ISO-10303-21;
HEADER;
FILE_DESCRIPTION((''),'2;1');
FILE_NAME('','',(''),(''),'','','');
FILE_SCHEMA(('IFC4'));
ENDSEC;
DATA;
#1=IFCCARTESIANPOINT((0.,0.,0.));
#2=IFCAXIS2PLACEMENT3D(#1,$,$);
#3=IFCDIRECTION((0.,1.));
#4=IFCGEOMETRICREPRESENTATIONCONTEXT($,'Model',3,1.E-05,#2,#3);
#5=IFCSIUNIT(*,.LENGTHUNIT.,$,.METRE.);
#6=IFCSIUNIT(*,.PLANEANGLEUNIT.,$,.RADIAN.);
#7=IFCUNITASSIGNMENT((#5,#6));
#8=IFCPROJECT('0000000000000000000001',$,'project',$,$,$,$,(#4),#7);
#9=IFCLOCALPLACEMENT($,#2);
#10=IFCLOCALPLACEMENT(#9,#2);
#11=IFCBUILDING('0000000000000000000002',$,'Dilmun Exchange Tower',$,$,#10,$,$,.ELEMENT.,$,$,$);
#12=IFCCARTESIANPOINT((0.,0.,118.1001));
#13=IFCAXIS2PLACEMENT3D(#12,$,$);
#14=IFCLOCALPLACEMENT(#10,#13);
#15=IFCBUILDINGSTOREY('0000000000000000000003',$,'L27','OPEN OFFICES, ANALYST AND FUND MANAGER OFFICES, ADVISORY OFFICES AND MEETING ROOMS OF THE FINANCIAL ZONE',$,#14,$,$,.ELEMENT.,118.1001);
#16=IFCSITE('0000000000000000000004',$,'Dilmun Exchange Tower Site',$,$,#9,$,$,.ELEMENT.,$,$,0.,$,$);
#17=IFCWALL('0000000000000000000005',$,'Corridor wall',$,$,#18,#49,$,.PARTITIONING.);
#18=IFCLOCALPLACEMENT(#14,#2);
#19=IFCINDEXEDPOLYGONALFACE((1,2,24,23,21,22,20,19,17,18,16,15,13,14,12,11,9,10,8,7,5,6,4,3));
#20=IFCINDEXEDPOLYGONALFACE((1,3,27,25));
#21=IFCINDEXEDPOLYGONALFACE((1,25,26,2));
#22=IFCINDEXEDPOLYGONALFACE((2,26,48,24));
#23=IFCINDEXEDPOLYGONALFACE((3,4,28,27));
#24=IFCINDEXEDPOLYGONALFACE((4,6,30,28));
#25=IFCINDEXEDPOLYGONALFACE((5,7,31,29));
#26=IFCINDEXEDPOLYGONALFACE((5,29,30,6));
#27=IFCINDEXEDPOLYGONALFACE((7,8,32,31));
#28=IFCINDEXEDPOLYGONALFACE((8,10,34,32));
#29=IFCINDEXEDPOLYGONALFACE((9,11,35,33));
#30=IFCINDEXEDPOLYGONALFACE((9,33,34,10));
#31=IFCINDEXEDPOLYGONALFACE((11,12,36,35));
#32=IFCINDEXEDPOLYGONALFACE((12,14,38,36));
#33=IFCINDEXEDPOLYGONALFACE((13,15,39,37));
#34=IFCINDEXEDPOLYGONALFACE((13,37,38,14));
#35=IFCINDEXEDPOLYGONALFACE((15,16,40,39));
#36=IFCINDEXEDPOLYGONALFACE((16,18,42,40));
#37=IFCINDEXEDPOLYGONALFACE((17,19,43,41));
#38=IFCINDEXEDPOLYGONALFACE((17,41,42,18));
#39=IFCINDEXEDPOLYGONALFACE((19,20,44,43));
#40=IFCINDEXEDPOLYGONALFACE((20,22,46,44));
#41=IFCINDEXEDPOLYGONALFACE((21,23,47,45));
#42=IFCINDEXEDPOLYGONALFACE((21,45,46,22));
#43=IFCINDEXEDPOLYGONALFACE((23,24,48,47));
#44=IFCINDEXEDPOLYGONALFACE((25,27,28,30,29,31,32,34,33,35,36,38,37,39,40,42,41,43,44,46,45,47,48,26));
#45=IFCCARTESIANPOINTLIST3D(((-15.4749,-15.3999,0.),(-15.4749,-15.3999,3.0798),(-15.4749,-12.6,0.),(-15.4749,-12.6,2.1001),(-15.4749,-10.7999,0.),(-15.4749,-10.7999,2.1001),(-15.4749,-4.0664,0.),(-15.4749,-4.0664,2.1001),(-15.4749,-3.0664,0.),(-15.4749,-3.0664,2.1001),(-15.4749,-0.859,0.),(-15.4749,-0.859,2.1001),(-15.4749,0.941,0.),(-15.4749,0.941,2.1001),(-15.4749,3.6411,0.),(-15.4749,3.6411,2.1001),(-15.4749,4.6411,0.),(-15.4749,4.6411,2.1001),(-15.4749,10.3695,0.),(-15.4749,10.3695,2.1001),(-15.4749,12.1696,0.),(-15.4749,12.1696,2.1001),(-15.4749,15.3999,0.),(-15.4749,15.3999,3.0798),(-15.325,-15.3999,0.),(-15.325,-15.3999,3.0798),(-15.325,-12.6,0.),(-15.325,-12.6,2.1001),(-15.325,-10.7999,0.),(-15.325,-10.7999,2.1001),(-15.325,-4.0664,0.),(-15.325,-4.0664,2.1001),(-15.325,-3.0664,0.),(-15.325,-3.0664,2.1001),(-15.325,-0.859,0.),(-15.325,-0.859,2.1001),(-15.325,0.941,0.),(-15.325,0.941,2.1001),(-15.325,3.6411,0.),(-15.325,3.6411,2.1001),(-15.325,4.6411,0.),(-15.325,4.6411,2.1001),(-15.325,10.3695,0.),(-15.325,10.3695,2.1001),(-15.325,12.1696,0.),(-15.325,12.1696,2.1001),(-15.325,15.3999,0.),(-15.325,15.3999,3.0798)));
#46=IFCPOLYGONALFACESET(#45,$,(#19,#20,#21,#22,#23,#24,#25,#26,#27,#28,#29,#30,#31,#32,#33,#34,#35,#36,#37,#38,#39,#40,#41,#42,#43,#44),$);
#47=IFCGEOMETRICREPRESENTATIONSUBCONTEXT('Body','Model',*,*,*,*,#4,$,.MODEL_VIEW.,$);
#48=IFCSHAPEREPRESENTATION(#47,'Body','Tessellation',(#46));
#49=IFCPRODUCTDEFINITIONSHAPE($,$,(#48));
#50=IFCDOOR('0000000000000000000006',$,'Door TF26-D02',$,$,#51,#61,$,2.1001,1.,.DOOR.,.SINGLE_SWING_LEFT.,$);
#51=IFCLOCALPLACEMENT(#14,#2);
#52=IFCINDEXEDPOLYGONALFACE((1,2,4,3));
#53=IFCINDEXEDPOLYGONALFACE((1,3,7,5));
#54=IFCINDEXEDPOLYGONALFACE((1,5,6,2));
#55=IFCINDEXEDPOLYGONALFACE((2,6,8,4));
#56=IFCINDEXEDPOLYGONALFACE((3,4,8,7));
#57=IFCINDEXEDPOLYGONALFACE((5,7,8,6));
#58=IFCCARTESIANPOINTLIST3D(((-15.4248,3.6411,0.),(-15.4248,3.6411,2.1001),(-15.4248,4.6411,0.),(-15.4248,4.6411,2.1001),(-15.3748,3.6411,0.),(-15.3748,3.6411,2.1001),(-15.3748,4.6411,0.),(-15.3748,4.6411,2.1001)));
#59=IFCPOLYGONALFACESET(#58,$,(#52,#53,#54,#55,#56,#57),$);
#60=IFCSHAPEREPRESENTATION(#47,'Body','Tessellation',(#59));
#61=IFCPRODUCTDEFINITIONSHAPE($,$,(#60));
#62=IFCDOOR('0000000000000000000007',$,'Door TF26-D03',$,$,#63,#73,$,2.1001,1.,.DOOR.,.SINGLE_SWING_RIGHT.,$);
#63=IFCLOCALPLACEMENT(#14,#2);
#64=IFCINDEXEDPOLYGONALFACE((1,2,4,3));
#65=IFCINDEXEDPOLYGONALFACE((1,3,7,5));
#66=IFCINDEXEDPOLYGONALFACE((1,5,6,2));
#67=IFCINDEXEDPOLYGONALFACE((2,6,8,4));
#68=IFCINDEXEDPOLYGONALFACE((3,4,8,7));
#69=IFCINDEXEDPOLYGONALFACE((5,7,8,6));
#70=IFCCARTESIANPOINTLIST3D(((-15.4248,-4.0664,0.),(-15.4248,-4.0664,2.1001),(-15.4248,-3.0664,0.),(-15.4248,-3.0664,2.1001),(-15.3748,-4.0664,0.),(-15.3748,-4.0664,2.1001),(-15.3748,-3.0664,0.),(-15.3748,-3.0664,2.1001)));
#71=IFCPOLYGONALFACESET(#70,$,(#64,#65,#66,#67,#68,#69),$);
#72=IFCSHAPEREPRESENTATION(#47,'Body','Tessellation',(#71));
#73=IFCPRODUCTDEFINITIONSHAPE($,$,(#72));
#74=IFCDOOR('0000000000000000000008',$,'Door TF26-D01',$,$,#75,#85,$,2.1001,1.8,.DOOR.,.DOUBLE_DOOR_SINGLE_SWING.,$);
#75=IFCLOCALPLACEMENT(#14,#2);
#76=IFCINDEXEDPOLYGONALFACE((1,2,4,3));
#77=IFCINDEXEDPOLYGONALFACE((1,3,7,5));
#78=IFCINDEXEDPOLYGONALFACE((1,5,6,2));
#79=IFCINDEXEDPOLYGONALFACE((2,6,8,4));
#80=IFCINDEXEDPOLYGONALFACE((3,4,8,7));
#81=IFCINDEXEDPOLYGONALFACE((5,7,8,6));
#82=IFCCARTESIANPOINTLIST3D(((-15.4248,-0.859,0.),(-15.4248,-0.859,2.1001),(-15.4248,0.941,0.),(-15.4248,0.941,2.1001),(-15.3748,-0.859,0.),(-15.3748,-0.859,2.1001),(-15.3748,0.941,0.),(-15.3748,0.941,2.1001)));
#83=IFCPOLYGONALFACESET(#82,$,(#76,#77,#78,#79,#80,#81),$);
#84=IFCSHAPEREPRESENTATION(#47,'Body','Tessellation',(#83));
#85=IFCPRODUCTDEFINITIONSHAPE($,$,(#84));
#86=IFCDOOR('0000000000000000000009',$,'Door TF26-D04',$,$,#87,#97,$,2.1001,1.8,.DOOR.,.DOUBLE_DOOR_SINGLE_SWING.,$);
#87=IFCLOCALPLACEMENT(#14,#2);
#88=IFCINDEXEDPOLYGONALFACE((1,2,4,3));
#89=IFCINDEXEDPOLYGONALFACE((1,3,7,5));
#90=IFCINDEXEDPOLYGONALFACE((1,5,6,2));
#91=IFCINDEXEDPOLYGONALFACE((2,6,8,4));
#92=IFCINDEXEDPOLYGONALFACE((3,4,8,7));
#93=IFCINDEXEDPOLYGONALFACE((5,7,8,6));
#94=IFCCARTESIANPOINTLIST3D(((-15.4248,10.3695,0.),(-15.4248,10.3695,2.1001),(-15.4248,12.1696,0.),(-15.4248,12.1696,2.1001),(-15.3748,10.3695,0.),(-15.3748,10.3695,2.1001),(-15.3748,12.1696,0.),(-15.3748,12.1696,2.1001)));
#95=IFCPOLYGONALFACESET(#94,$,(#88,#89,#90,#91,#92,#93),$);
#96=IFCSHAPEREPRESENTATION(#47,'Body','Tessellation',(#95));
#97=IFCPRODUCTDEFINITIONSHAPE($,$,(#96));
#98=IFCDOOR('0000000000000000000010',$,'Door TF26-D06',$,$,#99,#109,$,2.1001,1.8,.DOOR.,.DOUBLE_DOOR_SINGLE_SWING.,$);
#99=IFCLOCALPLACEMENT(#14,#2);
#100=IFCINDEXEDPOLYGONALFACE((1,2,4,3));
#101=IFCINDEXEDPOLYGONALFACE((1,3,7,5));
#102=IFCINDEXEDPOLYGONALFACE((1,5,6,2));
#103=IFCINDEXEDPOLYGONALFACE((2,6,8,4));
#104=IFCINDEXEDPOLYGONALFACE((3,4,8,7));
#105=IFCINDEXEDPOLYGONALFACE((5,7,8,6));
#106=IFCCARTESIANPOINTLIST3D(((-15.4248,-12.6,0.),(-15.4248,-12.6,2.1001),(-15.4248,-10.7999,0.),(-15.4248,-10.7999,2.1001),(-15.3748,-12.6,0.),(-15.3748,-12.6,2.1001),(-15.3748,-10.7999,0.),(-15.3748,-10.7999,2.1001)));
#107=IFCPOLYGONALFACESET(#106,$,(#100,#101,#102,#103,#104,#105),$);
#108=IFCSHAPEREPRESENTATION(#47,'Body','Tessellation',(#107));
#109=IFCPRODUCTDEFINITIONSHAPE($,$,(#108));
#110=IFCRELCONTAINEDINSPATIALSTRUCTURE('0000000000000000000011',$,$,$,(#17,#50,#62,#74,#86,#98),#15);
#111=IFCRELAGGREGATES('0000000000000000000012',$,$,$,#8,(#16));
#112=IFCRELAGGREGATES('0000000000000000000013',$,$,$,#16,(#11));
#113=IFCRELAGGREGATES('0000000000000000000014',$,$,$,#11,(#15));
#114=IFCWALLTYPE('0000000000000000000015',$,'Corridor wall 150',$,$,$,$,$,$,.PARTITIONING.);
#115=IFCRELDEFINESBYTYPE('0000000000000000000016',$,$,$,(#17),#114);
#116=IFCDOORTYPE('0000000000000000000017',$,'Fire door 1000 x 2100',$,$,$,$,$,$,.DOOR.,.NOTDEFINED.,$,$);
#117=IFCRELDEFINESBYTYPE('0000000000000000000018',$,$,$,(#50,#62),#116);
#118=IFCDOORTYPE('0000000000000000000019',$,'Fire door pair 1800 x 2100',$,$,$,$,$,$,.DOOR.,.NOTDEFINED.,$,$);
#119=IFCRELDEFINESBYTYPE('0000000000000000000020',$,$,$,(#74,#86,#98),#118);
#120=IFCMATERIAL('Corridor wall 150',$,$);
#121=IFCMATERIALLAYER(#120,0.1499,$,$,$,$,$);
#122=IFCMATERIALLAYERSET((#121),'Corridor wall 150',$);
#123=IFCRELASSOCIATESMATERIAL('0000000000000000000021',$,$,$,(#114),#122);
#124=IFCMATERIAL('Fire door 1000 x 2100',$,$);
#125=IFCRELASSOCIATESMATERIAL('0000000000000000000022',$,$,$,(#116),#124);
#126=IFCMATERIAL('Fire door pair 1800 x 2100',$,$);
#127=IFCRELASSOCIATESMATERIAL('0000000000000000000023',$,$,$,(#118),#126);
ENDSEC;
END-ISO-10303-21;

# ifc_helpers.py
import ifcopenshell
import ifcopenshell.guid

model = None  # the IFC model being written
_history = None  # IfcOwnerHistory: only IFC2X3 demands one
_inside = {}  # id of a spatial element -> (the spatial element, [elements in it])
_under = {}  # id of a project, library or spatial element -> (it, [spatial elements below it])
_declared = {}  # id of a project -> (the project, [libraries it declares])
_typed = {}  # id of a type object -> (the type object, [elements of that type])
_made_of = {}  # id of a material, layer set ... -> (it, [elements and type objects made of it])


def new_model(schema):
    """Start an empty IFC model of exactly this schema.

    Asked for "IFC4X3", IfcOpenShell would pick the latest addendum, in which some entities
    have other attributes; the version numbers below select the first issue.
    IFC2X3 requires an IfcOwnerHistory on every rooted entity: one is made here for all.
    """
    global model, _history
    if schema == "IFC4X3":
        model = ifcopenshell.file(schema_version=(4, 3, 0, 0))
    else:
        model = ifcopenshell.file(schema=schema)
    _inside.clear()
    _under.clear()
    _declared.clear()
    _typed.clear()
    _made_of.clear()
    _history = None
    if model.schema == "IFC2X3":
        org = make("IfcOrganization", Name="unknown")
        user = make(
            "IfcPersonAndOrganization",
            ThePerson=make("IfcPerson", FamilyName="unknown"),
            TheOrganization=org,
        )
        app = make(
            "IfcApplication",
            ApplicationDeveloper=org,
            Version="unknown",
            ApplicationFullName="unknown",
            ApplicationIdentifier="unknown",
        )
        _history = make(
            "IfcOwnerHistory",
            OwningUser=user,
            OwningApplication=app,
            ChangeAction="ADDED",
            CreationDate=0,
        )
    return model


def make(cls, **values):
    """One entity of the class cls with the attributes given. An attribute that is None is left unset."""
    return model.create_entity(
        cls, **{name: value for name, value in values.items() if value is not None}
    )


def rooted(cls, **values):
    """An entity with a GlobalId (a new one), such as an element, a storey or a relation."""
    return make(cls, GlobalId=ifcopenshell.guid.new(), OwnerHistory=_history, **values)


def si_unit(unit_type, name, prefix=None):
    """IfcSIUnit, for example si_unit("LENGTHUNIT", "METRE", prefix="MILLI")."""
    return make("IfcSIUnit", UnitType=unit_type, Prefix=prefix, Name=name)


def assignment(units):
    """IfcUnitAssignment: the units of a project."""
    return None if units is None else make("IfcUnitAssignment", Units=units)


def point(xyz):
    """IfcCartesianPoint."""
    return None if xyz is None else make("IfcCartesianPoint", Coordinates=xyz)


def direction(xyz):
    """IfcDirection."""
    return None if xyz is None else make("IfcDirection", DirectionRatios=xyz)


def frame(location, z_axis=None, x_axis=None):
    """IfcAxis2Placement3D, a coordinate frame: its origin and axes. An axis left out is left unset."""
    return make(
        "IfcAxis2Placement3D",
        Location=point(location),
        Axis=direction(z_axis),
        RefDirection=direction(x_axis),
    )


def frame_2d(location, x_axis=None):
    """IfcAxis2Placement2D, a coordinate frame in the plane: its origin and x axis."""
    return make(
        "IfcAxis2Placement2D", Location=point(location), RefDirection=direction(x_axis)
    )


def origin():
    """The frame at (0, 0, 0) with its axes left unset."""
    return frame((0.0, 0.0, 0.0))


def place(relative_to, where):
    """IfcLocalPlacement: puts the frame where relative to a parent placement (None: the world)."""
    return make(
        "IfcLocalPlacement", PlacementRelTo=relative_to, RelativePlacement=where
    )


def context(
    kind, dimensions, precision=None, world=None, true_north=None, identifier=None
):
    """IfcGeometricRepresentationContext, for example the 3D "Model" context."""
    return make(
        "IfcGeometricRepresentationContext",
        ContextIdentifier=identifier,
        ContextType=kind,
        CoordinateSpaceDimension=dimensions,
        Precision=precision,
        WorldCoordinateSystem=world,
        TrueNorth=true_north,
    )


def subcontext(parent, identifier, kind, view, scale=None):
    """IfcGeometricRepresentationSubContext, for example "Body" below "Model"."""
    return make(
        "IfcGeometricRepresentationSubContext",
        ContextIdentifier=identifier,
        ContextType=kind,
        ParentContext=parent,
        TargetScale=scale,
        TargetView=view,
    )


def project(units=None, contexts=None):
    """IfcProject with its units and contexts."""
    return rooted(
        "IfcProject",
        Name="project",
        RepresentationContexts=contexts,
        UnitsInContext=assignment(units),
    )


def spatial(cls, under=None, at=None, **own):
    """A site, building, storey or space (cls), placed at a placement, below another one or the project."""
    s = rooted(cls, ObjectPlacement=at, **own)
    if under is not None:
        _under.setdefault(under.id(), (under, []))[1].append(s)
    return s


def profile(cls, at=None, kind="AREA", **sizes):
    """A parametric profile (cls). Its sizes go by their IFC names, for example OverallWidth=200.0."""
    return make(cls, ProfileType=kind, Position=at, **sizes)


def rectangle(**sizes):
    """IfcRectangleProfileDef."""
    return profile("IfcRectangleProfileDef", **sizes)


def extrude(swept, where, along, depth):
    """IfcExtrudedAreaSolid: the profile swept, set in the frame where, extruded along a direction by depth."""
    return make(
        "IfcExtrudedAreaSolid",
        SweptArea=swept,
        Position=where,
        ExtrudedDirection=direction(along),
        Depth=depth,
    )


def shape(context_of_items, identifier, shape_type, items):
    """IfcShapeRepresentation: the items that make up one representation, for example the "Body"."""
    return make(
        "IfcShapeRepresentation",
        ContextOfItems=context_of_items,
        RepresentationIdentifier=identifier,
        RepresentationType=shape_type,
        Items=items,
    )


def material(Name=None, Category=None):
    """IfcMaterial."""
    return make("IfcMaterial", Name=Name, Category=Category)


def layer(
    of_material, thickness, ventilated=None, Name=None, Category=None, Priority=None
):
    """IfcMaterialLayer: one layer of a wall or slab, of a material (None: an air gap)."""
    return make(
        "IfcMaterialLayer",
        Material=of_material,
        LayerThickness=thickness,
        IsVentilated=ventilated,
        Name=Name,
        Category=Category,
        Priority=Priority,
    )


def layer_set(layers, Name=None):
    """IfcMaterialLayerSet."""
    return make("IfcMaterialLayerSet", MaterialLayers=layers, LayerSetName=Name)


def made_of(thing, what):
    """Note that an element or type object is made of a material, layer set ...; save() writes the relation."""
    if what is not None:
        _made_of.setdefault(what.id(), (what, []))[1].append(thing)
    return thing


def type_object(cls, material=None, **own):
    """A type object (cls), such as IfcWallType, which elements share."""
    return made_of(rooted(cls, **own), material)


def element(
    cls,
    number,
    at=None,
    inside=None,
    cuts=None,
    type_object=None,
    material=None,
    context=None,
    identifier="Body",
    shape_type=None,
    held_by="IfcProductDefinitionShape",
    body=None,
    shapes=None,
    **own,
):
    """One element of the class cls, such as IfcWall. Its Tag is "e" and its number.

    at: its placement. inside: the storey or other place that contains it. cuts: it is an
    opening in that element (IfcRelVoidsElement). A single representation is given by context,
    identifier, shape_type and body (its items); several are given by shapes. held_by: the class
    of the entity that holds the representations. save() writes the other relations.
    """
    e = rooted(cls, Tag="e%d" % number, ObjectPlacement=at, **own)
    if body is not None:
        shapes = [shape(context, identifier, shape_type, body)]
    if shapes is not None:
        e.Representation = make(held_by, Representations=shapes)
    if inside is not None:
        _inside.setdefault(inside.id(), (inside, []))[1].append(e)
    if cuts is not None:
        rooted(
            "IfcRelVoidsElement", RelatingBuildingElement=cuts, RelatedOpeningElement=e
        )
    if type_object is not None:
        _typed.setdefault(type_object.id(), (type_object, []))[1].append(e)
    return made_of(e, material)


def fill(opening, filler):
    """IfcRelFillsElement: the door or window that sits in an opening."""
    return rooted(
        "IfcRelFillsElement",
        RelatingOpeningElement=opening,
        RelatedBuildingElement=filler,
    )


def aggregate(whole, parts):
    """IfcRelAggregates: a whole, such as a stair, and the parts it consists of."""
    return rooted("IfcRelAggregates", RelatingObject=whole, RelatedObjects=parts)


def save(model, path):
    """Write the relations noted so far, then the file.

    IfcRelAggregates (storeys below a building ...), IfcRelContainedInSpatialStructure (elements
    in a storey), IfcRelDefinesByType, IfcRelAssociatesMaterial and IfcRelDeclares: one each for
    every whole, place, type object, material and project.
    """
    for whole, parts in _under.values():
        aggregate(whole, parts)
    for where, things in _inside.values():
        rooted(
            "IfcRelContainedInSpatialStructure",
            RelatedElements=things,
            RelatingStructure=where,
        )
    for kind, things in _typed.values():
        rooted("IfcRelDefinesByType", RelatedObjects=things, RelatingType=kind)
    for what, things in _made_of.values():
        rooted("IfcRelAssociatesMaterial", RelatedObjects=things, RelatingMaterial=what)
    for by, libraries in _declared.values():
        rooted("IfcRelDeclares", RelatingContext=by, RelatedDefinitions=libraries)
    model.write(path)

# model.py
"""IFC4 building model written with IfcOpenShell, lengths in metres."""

from ifc_helpers import new_model, si_unit, direction, frame, frame_2d, origin, place, context, subcontext, project, spatial, rectangle, extrude, material, layer, layer_set, type_object, element, fill, save


model = new_model("IFC4")

# Units and contexts
model_context = context("Model", 3, precision=1e-05, world=origin(), true_north=direction((0.0, 1.0)))
body_context = subcontext(model_context, "Body", "Model", "MODEL_VIEW")
ifc_project = project(units=[si_unit("LENGTHUNIT", "METRE"), si_unit("PLANEANGLEUNIT", "RADIAN")], contexts=[model_context])

# Site, building, storey
site_placement = place(None, origin())
site = spatial("IfcSite", under=ifc_project, at=site_placement, Name="Dilmun Exchange Tower Site", CompositionType="ELEMENT", RefElevation=0.0)
building_placement = place(site_placement, origin())
building = spatial("IfcBuilding", under=site, at=building_placement, Name="Dilmun Exchange Tower", CompositionType="ELEMENT")
storey_placement = place(building_placement, frame((0.0, 0.0, 118.1001)))
storey = spatial("IfcBuildingStorey", under=building, at=storey_placement, Name="L27", Description="OPEN OFFICES, ANALYST AND FUND MANAGER OFFICES, ADVISORY OFFICES AND MEETING ROOMS OF THE FINANCIAL ZONE", CompositionType="ELEMENT", Elevation=118.1001)

# Wall, openings, doors
ifc_material_1 = material(Name="Corridor wall 150")
ifc_layer = layer(ifc_material_1, 0.1499)
ifc_layer_set = layer_set([ifc_layer], Name="Corridor wall 150")
wall_type = type_object("IfcWallType", Name="Corridor wall 150", PredefinedType="PARTITIONING", material=ifc_layer_set)
wall_placement = place(storey_placement, frame((-15.3999, -15.3999, 0.0), z_axis=(0.0, 0.0, 1.0), x_axis=(0.0, 1.0, 0.0)))
wall = element("IfcWall", 1, at=wall_placement, inside=storey, type_object=wall_type, Name="Corridor wall", PredefinedType="PARTITIONING", context=body_context, shape_type="SweptSolid", body=[
    extrude(rectangle(XDim=30.7998, YDim=0.1499, at=frame_2d((15.3999, 0.0))), origin(), (0.0, 0.0, 1.0), 3.0798),
])
opening_1_placement = place(wall_placement, frame((14.541, 0.0, 0.0)))
opening_1 = element("IfcOpeningElement", 2, at=opening_1_placement, cuts=wall, PredefinedType="OPENING", context=body_context, shape_type="SweptSolid", body=[
    extrude(rectangle(XDim=1.8, YDim=2.1001, at=frame_2d((0.8999, 1.05))), frame((0.0, 0.085, 0.0), z_axis=(0.0, -1.0, 0.0), x_axis=(1.0, 0.0, 0.0)), (0.0, 0.0, 1.0), 0.1699),
])
opening_2_placement = place(wall_placement, frame((19.041, 0.0, 0.0)))
opening_2 = element("IfcOpeningElement", 3, at=opening_2_placement, cuts=wall, PredefinedType="OPENING", context=body_context, shape_type="SweptSolid", body=[
    extrude(rectangle(XDim=1.0, YDim=2.1001, at=frame_2d((0.5, 1.05))), frame((0.0, 0.085, 0.0), z_axis=(0.0, -1.0, 0.0), x_axis=(1.0, 0.0, 0.0)), (0.0, 0.0, 1.0), 0.1699),
])
opening_3_placement = place(wall_placement, frame((11.3335, 0.0, 0.0)))
opening_3 = element("IfcOpeningElement", 4, at=opening_3_placement, cuts=wall, PredefinedType="OPENING", context=body_context, shape_type="SweptSolid", body=[
    extrude(rectangle(XDim=1.0, YDim=2.1001, at=frame_2d((0.5, 1.05))), frame((0.0, 0.085, 0.0), z_axis=(0.0, -1.0, 0.0), x_axis=(1.0, 0.0, 0.0)), (0.0, 0.0, 1.0), 0.1699),
])
opening_4_placement = place(wall_placement, frame((25.7695, 0.0, 0.0)))
opening_4 = element("IfcOpeningElement", 5, at=opening_4_placement, cuts=wall, PredefinedType="OPENING", context=body_context, shape_type="SweptSolid", body=[
    extrude(rectangle(XDim=1.8, YDim=2.1001, at=frame_2d((0.8999, 1.05))), frame((0.0, 0.085, 0.0), z_axis=(0.0, -1.0, 0.0), x_axis=(1.0, 0.0, 0.0)), (0.0, 0.0, 1.0), 0.1699),
])
opening_5_placement = place(wall_placement, frame((2.8, 0.0, 0.0)))
opening_5 = element("IfcOpeningElement", 6, at=opening_5_placement, cuts=wall, PredefinedType="OPENING", context=body_context, shape_type="SweptSolid", body=[
    extrude(rectangle(XDim=1.8, YDim=2.1001, at=frame_2d((0.8999, 1.05))), frame((0.0, 0.085, 0.0), z_axis=(0.0, -1.0, 0.0), x_axis=(1.0, 0.0, 0.0)), (0.0, 0.0, 1.0), 0.1699),
])
ifc_material_2 = material(Name="Fire door 1000 x 2100")
door_type_1 = type_object("IfcDoorType", Name="Fire door 1000 x 2100", OperationType="NOTDEFINED", PredefinedType="DOOR", material=ifc_material_2)
door_1_placement = place(opening_2_placement, origin())
door_1 = element("IfcDoor", 7, at=door_1_placement, inside=storey, type_object=door_type_1, Name="Door TF26-D02", OperationType="SINGLE_SWING_LEFT", OverallHeight=2.1001, OverallWidth=1.0, PredefinedType="DOOR", context=body_context, shape_type="SweptSolid", body=[
    extrude(rectangle(XDim=1.0, YDim=2.1001, at=frame_2d((0.5, 1.05))), frame((0.0, 0.0249, 0.0), z_axis=(0.0, -1.0, 0.0), x_axis=(1.0, 0.0, 0.0)), (0.0, 0.0, 1.0), 0.05),
])
fill(opening_2, door_1)
door_2_placement = place(opening_3_placement, origin())
door_2 = element("IfcDoor", 8, at=door_2_placement, inside=storey, type_object=door_type_1, Name="Door TF26-D03", OperationType="SINGLE_SWING_RIGHT", OverallHeight=2.1001, OverallWidth=1.0, PredefinedType="DOOR", context=body_context, shape_type="SweptSolid", body=[
    extrude(rectangle(XDim=1.0, YDim=2.1001, at=frame_2d((0.5, 1.05))), frame((0.0, 0.0249, 0.0), z_axis=(0.0, -1.0, 0.0), x_axis=(1.0, 0.0, 0.0)), (0.0, 0.0, 1.0), 0.05),
])
fill(opening_3, door_2)
ifc_material_3 = material(Name="Fire door pair 1800 x 2100")
door_type_2 = type_object("IfcDoorType", Name="Fire door pair 1800 x 2100", OperationType="NOTDEFINED", PredefinedType="DOOR", material=ifc_material_3)
door_3_placement = place(opening_1_placement, origin())
door_3 = element("IfcDoor", 9, at=door_3_placement, inside=storey, type_object=door_type_2, Name="Door TF26-D01", OperationType="DOUBLE_DOOR_SINGLE_SWING", OverallHeight=2.1001, OverallWidth=1.8, PredefinedType="DOOR", context=body_context, shape_type="SweptSolid", body=[
    extrude(rectangle(XDim=1.8, YDim=2.1001, at=frame_2d((0.8999, 1.05))), frame((0.0, 0.0249, 0.0), z_axis=(0.0, -1.0, 0.0), x_axis=(1.0, 0.0, 0.0)), (0.0, 0.0, 1.0), 0.05),
])
fill(opening_1, door_3)
door_4_placement = place(opening_4_placement, origin())
door_4 = element("IfcDoor", 10, at=door_4_placement, inside=storey, type_object=door_type_2, Name="Door TF26-D04", OperationType="DOUBLE_DOOR_SINGLE_SWING", OverallHeight=2.1001, OverallWidth=1.8, PredefinedType="DOOR", context=body_context, shape_type="SweptSolid", body=[
    extrude(rectangle(XDim=1.8, YDim=2.1001, at=frame_2d((0.8999, 1.05))), frame((0.0, 0.0249, 0.0), z_axis=(0.0, -1.0, 0.0), x_axis=(1.0, 0.0, 0.0)), (0.0, 0.0, 1.0), 0.05),
])
fill(opening_4, door_4)
door_5_placement = place(opening_5_placement, origin())
door_5 = element("IfcDoor", 11, at=door_5_placement, inside=storey, type_object=door_type_2, Name="Door TF26-D06", OperationType="DOUBLE_DOOR_SINGLE_SWING", OverallHeight=2.1001, OverallWidth=1.8, PredefinedType="DOOR", context=body_context, shape_type="SweptSolid", body=[
    extrude(rectangle(XDim=1.8, YDim=2.1001, at=frame_2d((0.8999, 1.05))), frame((0.0, 0.0249, 0.0), z_axis=(0.0, -1.0, 0.0), x_axis=(1.0, 0.0, 0.0)), (0.0, 0.0, 1.0), 0.05),
])
fill(opening_5, door_5)

save(model, "model.ifc")
